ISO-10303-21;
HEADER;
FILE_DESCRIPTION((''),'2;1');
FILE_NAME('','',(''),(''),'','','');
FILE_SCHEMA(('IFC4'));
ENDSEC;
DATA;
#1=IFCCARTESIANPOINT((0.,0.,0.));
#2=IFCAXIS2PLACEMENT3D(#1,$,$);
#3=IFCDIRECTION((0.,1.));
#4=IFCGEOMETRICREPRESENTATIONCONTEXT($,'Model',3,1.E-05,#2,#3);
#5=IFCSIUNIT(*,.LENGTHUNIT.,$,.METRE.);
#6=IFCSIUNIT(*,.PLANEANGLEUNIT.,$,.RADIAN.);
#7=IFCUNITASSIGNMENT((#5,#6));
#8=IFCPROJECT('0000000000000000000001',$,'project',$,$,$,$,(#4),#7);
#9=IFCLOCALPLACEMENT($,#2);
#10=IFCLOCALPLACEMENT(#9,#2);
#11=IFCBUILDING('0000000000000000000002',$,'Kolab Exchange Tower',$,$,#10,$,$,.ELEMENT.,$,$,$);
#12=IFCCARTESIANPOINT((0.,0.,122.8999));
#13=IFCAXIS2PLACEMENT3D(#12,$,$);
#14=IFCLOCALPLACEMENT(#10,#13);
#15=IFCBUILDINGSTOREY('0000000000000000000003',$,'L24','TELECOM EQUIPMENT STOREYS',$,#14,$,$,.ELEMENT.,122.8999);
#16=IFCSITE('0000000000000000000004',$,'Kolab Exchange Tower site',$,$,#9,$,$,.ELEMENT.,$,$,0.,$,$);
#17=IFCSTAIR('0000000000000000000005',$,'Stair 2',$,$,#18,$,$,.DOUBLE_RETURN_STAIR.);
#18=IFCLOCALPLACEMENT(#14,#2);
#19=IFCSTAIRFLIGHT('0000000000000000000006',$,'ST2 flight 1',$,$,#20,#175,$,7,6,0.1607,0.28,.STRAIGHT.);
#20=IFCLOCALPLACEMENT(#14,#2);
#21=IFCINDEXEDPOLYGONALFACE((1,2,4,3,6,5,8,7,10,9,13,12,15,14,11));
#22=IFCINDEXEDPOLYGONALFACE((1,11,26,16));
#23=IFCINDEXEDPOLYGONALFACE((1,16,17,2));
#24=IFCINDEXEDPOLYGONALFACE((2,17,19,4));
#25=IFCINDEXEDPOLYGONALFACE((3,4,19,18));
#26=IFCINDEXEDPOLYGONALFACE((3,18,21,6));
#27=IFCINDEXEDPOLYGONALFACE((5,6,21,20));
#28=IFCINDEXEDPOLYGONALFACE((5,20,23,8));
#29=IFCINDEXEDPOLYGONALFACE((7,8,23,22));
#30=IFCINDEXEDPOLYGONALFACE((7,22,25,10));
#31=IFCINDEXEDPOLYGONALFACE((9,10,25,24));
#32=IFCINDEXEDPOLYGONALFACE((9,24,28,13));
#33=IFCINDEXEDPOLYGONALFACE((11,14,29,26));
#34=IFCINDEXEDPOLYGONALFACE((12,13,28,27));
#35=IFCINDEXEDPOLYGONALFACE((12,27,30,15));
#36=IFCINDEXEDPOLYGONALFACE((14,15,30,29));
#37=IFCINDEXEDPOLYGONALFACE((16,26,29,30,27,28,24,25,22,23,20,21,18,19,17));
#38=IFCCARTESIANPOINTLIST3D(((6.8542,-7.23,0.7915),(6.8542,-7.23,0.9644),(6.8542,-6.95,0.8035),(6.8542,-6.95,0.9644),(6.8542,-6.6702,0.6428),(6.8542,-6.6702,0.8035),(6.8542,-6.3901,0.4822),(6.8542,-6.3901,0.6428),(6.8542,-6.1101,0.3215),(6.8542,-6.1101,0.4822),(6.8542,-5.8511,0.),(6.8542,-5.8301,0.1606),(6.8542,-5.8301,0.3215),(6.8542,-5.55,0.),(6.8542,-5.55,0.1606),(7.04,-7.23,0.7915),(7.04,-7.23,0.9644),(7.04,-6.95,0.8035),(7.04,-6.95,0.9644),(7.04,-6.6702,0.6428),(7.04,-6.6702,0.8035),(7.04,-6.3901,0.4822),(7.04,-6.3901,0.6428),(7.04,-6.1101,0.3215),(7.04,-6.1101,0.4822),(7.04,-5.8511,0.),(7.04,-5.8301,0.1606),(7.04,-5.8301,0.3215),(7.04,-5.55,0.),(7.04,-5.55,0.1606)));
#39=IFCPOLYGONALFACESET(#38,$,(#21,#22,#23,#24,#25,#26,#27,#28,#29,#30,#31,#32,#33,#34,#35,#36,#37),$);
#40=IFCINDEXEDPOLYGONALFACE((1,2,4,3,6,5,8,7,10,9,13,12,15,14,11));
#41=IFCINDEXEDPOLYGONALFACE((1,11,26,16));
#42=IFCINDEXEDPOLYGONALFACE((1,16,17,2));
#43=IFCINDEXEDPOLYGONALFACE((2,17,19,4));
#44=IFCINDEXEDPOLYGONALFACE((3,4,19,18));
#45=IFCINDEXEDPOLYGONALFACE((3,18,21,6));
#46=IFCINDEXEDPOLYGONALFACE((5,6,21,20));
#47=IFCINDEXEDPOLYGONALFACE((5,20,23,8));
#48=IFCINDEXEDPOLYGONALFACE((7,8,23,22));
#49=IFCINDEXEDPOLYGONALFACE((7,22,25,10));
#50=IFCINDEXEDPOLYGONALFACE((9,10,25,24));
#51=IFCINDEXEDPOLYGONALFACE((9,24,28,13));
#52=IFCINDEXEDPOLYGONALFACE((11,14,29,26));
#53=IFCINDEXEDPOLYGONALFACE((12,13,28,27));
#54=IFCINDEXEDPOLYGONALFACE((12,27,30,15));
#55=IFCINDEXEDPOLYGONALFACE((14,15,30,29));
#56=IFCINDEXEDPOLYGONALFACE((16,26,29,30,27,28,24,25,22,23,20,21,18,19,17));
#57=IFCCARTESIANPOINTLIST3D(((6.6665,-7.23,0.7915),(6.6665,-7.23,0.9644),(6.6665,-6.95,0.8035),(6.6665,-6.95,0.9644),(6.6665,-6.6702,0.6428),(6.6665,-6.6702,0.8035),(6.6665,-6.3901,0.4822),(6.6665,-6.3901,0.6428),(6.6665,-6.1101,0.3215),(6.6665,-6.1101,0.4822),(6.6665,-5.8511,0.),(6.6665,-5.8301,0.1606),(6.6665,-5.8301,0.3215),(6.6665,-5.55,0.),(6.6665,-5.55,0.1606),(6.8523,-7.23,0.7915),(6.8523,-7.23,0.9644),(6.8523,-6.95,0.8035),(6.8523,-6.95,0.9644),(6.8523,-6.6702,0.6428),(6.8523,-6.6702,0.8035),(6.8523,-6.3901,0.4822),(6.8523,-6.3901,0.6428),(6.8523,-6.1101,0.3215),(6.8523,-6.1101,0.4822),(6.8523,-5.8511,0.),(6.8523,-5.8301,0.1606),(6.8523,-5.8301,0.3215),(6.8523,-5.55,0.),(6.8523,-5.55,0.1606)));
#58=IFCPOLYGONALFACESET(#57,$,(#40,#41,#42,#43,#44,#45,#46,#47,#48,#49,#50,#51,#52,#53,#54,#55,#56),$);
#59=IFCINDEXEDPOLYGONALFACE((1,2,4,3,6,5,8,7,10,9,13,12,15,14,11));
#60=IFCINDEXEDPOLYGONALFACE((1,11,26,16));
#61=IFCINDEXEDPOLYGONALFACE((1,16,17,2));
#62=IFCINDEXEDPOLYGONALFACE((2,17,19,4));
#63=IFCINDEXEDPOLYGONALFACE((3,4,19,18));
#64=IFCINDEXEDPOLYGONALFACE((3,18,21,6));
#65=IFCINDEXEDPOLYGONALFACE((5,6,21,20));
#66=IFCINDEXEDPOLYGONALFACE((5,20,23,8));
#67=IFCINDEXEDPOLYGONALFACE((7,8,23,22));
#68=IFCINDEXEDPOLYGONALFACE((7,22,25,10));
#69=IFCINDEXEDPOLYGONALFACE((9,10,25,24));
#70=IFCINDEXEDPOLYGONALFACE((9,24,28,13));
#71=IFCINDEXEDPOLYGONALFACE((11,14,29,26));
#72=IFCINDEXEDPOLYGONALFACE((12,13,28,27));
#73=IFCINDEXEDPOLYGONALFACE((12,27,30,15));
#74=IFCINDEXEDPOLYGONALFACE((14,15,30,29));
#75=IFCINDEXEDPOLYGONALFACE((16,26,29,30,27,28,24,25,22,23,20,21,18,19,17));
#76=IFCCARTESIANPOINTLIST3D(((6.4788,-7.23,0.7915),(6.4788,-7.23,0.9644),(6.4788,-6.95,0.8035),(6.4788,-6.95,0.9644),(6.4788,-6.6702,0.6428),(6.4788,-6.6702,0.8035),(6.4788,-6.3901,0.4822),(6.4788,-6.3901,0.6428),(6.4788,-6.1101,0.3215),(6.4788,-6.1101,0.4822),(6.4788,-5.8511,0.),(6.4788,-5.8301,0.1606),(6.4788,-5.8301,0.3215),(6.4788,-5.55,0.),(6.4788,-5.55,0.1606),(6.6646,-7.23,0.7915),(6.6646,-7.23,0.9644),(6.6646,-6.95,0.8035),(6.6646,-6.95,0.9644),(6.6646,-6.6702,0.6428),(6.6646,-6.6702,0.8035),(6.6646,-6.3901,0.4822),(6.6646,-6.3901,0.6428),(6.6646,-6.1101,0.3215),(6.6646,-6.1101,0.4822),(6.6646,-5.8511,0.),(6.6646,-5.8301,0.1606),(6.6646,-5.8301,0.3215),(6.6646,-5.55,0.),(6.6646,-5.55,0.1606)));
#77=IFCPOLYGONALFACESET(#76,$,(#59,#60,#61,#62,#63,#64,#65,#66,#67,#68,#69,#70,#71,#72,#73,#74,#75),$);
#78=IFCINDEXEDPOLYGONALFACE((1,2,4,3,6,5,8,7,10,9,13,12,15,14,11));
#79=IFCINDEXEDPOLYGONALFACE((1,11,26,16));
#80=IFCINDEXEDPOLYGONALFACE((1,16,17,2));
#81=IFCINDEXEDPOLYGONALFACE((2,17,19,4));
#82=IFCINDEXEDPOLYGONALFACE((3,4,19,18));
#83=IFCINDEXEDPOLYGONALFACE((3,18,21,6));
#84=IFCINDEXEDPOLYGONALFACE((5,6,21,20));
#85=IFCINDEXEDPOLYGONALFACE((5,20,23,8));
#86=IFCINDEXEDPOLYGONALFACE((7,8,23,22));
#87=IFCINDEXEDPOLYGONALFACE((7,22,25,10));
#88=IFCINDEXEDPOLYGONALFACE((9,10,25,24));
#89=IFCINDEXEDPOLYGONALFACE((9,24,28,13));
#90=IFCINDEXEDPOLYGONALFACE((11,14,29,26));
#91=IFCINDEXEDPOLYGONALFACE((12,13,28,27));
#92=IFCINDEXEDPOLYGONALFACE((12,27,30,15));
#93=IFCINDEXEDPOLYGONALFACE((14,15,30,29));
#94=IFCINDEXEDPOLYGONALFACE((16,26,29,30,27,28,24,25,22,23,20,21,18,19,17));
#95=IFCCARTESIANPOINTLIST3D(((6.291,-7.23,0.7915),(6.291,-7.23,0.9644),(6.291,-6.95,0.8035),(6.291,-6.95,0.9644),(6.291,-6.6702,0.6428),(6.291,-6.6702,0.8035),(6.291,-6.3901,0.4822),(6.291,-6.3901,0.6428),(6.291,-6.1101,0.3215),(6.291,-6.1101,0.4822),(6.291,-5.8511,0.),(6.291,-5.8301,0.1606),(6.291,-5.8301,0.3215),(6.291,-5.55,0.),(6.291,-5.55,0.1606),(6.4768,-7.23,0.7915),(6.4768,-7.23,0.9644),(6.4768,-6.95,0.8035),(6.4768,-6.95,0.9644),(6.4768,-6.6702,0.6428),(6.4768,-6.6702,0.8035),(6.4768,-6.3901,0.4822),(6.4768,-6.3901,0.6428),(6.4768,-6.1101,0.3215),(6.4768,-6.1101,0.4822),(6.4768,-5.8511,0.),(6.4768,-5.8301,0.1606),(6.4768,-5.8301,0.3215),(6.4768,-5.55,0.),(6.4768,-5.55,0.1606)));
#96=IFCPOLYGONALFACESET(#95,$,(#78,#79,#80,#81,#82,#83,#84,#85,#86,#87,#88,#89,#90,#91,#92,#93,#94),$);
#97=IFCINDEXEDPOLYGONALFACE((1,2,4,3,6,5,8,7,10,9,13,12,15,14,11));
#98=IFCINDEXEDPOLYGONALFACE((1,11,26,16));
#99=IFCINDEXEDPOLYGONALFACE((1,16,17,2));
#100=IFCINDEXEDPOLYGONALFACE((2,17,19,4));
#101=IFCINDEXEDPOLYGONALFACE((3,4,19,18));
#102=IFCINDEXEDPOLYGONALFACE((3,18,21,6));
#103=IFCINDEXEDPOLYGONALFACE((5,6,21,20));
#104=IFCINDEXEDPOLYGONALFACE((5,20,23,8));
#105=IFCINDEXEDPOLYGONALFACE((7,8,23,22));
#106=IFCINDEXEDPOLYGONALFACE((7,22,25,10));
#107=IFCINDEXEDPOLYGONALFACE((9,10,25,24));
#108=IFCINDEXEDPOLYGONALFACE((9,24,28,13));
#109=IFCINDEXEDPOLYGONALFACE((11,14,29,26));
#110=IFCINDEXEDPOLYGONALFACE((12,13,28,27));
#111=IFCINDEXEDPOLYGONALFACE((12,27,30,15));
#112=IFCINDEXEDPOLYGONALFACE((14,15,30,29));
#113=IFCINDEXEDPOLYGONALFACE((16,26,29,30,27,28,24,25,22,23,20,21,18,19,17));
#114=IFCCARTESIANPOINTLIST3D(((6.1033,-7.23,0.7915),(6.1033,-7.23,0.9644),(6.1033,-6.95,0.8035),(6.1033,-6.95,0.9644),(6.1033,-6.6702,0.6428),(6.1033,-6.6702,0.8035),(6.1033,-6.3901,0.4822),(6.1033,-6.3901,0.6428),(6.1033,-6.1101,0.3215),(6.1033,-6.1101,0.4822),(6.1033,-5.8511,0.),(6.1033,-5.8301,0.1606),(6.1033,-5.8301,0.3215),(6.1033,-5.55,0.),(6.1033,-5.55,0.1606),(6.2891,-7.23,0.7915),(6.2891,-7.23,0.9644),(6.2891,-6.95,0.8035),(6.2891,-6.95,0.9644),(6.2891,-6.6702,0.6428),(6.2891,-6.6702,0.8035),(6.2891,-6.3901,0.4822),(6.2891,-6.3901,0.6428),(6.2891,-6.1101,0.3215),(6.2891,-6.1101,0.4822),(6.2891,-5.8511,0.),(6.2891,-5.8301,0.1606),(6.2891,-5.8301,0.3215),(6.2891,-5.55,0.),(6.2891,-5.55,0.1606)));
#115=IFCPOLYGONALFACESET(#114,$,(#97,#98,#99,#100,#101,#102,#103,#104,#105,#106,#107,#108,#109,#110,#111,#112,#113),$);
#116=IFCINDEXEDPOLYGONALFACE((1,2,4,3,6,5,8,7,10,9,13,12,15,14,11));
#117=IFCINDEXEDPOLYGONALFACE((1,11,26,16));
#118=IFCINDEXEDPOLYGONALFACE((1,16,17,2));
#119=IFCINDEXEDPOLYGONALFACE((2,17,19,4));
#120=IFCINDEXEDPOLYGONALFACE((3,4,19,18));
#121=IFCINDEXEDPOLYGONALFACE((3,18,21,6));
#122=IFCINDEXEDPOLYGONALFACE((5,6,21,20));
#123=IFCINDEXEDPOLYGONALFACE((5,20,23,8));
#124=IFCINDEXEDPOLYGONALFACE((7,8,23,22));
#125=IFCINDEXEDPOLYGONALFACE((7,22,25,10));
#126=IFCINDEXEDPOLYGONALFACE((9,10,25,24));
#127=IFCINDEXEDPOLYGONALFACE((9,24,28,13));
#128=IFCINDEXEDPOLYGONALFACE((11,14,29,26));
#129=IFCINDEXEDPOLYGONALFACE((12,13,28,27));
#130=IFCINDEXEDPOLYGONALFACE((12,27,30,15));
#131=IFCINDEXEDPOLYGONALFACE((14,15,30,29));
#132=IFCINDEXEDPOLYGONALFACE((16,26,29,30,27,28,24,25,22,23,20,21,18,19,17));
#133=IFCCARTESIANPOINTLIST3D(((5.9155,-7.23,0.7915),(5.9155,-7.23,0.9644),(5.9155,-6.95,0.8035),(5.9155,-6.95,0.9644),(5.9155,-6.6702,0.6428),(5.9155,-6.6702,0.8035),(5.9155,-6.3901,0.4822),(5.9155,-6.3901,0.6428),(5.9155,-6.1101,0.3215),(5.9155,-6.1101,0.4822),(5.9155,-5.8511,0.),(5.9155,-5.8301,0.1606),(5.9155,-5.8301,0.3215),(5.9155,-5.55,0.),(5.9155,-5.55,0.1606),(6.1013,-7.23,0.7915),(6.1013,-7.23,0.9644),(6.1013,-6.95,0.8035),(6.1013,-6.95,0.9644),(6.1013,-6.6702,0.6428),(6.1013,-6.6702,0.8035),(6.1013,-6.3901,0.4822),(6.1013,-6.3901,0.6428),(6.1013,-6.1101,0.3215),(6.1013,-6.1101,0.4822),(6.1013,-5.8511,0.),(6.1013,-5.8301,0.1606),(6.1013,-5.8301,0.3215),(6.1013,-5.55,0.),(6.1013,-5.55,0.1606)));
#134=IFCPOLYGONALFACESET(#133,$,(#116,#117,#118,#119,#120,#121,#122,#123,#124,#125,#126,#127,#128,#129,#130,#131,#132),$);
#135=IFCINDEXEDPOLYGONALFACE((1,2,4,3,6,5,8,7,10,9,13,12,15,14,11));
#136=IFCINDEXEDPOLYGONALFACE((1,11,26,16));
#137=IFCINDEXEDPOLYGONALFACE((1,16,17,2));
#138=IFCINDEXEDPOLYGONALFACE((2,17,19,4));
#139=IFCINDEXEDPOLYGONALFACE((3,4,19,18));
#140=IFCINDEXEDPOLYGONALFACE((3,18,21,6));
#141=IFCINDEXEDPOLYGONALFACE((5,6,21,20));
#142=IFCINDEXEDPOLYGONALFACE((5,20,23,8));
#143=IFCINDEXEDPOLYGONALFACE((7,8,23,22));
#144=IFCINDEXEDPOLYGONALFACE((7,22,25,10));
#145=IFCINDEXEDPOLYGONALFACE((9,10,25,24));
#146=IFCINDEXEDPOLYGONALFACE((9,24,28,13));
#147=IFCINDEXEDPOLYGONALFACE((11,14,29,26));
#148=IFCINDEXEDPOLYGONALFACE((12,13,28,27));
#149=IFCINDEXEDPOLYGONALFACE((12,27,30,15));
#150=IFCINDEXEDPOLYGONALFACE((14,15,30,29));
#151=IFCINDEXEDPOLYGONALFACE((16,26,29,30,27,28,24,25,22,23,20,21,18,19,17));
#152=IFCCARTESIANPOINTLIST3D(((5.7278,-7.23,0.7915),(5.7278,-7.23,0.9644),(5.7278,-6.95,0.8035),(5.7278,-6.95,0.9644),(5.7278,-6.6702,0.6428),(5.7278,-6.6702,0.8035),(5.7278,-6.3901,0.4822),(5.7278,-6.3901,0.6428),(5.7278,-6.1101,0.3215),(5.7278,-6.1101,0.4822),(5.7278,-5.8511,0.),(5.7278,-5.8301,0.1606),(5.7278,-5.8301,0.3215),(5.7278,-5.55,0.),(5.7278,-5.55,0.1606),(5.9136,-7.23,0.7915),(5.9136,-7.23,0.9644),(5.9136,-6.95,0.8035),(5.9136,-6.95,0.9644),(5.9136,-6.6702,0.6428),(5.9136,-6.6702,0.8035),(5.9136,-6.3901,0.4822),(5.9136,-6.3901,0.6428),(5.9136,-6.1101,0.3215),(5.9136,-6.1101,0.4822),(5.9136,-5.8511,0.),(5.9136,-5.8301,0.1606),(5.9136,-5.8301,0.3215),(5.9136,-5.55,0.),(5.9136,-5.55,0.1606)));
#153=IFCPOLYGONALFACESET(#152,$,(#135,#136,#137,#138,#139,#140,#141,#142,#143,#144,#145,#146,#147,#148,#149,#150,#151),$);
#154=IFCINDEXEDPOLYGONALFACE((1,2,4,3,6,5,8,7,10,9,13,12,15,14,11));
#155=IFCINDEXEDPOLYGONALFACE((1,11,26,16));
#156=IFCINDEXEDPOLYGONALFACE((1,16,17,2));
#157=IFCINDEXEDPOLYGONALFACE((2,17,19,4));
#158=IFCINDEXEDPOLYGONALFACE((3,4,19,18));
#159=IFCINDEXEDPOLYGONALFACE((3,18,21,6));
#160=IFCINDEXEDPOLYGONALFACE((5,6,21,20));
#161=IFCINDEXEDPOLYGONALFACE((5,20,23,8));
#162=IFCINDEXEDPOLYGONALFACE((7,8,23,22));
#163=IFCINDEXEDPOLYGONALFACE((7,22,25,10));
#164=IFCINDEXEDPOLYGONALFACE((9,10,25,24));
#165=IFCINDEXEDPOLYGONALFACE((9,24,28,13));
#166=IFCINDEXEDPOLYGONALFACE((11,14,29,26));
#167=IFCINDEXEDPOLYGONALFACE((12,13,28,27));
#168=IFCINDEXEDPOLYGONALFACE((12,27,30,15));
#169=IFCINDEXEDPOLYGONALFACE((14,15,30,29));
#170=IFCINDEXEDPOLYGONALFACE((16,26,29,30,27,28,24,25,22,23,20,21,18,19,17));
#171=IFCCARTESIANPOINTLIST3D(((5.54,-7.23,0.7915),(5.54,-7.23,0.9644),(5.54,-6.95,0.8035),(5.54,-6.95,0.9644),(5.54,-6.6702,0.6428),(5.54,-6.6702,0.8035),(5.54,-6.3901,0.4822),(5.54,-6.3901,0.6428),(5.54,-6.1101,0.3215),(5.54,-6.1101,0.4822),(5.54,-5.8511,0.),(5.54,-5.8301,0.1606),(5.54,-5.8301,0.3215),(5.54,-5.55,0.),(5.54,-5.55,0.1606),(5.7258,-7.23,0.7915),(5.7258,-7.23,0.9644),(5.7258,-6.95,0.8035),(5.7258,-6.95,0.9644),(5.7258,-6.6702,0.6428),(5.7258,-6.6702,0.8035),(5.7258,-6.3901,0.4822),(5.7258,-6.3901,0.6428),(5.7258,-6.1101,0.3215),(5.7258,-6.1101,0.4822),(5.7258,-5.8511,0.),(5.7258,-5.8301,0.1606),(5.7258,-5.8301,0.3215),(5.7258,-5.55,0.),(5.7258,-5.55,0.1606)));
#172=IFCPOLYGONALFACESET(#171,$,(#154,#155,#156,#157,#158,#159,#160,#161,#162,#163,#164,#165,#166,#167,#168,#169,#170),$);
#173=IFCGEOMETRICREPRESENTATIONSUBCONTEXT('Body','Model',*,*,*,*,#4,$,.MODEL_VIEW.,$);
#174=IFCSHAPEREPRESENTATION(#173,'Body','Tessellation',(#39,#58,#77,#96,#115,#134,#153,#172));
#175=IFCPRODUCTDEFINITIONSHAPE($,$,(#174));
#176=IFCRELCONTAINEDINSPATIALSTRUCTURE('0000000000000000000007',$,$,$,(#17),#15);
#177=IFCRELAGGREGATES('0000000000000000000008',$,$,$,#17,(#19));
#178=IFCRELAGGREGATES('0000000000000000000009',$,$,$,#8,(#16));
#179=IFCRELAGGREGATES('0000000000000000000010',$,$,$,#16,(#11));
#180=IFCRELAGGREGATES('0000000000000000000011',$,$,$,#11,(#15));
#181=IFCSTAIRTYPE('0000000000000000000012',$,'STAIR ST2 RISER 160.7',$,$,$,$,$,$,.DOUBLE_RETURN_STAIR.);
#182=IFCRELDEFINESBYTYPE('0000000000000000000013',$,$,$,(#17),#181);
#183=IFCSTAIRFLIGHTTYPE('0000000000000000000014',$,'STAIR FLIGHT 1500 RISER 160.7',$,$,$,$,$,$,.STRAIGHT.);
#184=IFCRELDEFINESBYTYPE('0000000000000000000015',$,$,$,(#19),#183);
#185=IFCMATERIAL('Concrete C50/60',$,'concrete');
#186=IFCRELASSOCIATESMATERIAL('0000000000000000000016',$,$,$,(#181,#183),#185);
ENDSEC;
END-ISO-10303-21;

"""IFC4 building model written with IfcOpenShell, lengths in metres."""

from ifc_helpers import new_model, si_unit, direction, frame, origin, place, context, subcontext, project, spatial, polyline, outline, extrude, material, type_object, element, aggregate, save


model = new_model("IFC4")

# Units and contexts
model_context = context("Model", 3, precision=1e-05, world=origin(), true_north=direction((0.0, 1.0)))
body_context = subcontext(model_context, "Body", "Model", "MODEL_VIEW")
ifc_project = project(units=[si_unit("LENGTHUNIT", "METRE"), si_unit("PLANEANGLEUNIT", "RADIAN")], contexts=[model_context])

# Site, building, storey
site_placement = place(None, origin())
site = spatial("IfcSite", under=ifc_project, at=site_placement, Name="Kolab Exchange Tower site", CompositionType="ELEMENT", RefElevation=0.0)
building_placement = place(site_placement, origin())
building = spatial("IfcBuilding", under=site, at=building_placement, Name="Kolab Exchange Tower", CompositionType="ELEMENT")
storey_placement = place(building_placement, frame((0.0, 0.0, 122.8999)))
storey = spatial("IfcBuildingStorey", under=building, at=storey_placement, Name="L24", Description="TELECOM EQUIPMENT STOREYS", CompositionType="ELEMENT", Elevation=122.8999)

# Shared definitions
ifc_material_1 = material(Name="Concrete C50/60", Category="concrete")

# Stair, stair flight
stair_type = type_object("IfcStairType", Name="STAIR ST2 RISER 160.7", PredefinedType="DOUBLE_RETURN_STAIR", material=ifc_material_1)
stair_placement = place(storey_placement, origin())
stair = element("IfcStair", 1, at=stair_placement, inside=storey, type_object=stair_type, Name="Stair 2", PredefinedType="DOUBLE_RETURN_STAIR")
stair_flight_type = type_object("IfcStairFlightType", Name="STAIR FLIGHT 1500 RISER 160.7", PredefinedType="STRAIGHT", material=ifc_material_1)
stair_flight_1_placement = place(storey_placement, frame((6.29, -5.55, 0.0), z_axis=(0.0, 0.0, 1.0), x_axis=(0.0, -1.0, 0.0)))
stair_flight_1 = element("IfcStairFlight", 2, at=stair_flight_1_placement, type_object=stair_flight_type, Name="ST2 flight 1", NumberOfRisers=7, NumberOfTreads=6, PredefinedType="STRAIGHT", RiserHeight=0.1607, TreadLength=0.28, context=body_context, shape_type="SweptSolid", body=[
    extrude(outline(polyline([(0.0, 0.0), (0.0, 0.1606), (0.28, 0.1606), (0.28, 0.3215), (0.5601, 0.3215), (0.5601, 0.4822), (0.8401, 0.4822), (0.8401, 0.6428), (1.1201, 0.6428), (1.1201, 0.8035), (1.3999, 0.8035), (1.3999, 0.9644), (1.6799, 0.9644), (1.6799, 1.125), (1.6799, 0.7915), (0.301, 0.0), (0.0, 0.0)])), frame((0.0, 0.75, 0.0), z_axis=(0.0, -1.0, 0.0), x_axis=(1.0, 0.0, 0.0)), (0.0, 0.0, 1.0), 0.1858),
    extrude(outline(polyline([(0.0, 0.0), (0.0, 0.1606), (0.28, 0.1606), (0.28, 0.3215), (0.5601, 0.3215), (0.5601, 0.4822), (0.8401, 0.4822), (0.8401, 0.6428), (1.1201, 0.6428), (1.1201, 0.8035), (1.3999, 0.8035), (1.3999, 0.9644), (1.6799, 0.9644), (1.6799, 1.125), (1.6799, 0.7915), (0.301, 0.0), (0.0, 0.0)])), frame((0.0, 0.5623, 0.0), z_axis=(0.0, -1.0, 0.0), x_axis=(1.0, 0.0, 0.0)), (0.0, 0.0, 1.0), 0.1858),
    extrude(outline(polyline([(0.0, 0.0), (0.0, 0.1606), (0.28, 0.1606), (0.28, 0.3215), (0.5601, 0.3215), (0.5601, 0.4822), (0.8401, 0.4822), (0.8401, 0.6428), (1.1201, 0.6428), (1.1201, 0.8035), (1.3999, 0.8035), (1.3999, 0.9644), (1.6799, 0.9644), (1.6799, 1.125), (1.6799, 0.7915), (0.301, 0.0), (0.0, 0.0)])), frame((0.0, 0.3745, 0.0), z_axis=(0.0, -1.0, 0.0), x_axis=(1.0, 0.0, 0.0)), (0.0, 0.0, 1.0), 0.1858),
    extrude(outline(polyline([(0.0, 0.0), (0.0, 0.1606), (0.28, 0.1606), (0.28, 0.3215), (0.5601, 0.3215), (0.5601, 0.4822), (0.8401, 0.4822), (0.8401, 0.6428), (1.1201, 0.6428), (1.1201, 0.8035), (1.3999, 0.8035), (1.3999, 0.9644), (1.6799, 0.9644), (1.6799, 1.125), (1.6799, 0.7915), (0.301, 0.0), (0.0, 0.0)])), frame((0.0, 0.1868, 0.0), z_axis=(0.0, -1.0, 0.0), x_axis=(1.0, 0.0, 0.0)), (0.0, 0.0, 1.0), 0.1858),
    extrude(outline(polyline([(0.0, 0.0), (0.0, 0.1606), (0.28, 0.1606), (0.28, 0.3215), (0.5601, 0.3215), (0.5601, 0.4822), (0.8401, 0.4822), (0.8401, 0.6428), (1.1201, 0.6428), (1.1201, 0.8035), (1.3999, 0.8035), (1.3999, 0.9644), (1.6799, 0.9644), (1.6799, 1.125), (1.6799, 0.7915), (0.301, 0.0), (0.0, 0.0)])), frame((0.0, -0.001, 0.0), z_axis=(0.0, -1.0, 0.0), x_axis=(1.0, 0.0, 0.0)), (0.0, 0.0, 1.0), 0.1858),
    extrude(outline(polyline([(0.0, 0.0), (0.0, 0.1606), (0.28, 0.1606), (0.28, 0.3215), (0.5601, 0.3215), (0.5601, 0.4822), (0.8401, 0.4822), (0.8401, 0.6428), (1.1201, 0.6428), (1.1201, 0.8035), (1.3999, 0.8035), (1.3999, 0.9644), (1.6799, 0.9644), (1.6799, 1.125), (1.6799, 0.7915), (0.301, 0.0), (0.0, 0.0)])), frame((0.0, -0.1887, 0.0), z_axis=(0.0, -1.0, 0.0), x_axis=(1.0, 0.0, 0.0)), (0.0, 0.0, 1.0), 0.1858),
    extrude(outline(polyline([(0.0, 0.0), (0.0, 0.1606), (0.28, 0.1606), (0.28, 0.3215), (0.5601, 0.3215), (0.5601, 0.4822), (0.8401, 0.4822), (0.8401, 0.6428), (1.1201, 0.6428), (1.1201, 0.8035), (1.3999, 0.8035), (1.3999, 0.9644), (1.6799, 0.9644), (1.6799, 1.125), (1.6799, 0.7915), (0.301, 0.0), (0.0, 0.0)])), frame((0.0, -0.3765, 0.0), z_axis=(0.0, -1.0, 0.0), x_axis=(1.0, 0.0, 0.0)), (0.0, 0.0, 1.0), 0.1858),
    extrude(outline(polyline([(0.0, 0.0), (0.0, 0.1606), (0.28, 0.1606), (0.28, 0.3215), (0.5601, 0.3215), (0.5601, 0.4822), (0.8401, 0.4822), (0.8401, 0.6428), (1.1201, 0.6428), (1.1201, 0.8035), (1.3999, 0.8035), (1.3999, 0.9644), (1.6799, 0.9644), (1.6799, 1.125), (1.6799, 0.7915), (0.301, 0.0), (0.0, 0.0)])), frame((0.0, -0.5642, 0.0), z_axis=(0.0, -1.0, 0.0), x_axis=(1.0, 0.0, 0.0)), (0.0, 0.0, 1.0), 0.1858),
])
aggregate(stair, [stair_flight_1])

save(model, "model.ifc")
